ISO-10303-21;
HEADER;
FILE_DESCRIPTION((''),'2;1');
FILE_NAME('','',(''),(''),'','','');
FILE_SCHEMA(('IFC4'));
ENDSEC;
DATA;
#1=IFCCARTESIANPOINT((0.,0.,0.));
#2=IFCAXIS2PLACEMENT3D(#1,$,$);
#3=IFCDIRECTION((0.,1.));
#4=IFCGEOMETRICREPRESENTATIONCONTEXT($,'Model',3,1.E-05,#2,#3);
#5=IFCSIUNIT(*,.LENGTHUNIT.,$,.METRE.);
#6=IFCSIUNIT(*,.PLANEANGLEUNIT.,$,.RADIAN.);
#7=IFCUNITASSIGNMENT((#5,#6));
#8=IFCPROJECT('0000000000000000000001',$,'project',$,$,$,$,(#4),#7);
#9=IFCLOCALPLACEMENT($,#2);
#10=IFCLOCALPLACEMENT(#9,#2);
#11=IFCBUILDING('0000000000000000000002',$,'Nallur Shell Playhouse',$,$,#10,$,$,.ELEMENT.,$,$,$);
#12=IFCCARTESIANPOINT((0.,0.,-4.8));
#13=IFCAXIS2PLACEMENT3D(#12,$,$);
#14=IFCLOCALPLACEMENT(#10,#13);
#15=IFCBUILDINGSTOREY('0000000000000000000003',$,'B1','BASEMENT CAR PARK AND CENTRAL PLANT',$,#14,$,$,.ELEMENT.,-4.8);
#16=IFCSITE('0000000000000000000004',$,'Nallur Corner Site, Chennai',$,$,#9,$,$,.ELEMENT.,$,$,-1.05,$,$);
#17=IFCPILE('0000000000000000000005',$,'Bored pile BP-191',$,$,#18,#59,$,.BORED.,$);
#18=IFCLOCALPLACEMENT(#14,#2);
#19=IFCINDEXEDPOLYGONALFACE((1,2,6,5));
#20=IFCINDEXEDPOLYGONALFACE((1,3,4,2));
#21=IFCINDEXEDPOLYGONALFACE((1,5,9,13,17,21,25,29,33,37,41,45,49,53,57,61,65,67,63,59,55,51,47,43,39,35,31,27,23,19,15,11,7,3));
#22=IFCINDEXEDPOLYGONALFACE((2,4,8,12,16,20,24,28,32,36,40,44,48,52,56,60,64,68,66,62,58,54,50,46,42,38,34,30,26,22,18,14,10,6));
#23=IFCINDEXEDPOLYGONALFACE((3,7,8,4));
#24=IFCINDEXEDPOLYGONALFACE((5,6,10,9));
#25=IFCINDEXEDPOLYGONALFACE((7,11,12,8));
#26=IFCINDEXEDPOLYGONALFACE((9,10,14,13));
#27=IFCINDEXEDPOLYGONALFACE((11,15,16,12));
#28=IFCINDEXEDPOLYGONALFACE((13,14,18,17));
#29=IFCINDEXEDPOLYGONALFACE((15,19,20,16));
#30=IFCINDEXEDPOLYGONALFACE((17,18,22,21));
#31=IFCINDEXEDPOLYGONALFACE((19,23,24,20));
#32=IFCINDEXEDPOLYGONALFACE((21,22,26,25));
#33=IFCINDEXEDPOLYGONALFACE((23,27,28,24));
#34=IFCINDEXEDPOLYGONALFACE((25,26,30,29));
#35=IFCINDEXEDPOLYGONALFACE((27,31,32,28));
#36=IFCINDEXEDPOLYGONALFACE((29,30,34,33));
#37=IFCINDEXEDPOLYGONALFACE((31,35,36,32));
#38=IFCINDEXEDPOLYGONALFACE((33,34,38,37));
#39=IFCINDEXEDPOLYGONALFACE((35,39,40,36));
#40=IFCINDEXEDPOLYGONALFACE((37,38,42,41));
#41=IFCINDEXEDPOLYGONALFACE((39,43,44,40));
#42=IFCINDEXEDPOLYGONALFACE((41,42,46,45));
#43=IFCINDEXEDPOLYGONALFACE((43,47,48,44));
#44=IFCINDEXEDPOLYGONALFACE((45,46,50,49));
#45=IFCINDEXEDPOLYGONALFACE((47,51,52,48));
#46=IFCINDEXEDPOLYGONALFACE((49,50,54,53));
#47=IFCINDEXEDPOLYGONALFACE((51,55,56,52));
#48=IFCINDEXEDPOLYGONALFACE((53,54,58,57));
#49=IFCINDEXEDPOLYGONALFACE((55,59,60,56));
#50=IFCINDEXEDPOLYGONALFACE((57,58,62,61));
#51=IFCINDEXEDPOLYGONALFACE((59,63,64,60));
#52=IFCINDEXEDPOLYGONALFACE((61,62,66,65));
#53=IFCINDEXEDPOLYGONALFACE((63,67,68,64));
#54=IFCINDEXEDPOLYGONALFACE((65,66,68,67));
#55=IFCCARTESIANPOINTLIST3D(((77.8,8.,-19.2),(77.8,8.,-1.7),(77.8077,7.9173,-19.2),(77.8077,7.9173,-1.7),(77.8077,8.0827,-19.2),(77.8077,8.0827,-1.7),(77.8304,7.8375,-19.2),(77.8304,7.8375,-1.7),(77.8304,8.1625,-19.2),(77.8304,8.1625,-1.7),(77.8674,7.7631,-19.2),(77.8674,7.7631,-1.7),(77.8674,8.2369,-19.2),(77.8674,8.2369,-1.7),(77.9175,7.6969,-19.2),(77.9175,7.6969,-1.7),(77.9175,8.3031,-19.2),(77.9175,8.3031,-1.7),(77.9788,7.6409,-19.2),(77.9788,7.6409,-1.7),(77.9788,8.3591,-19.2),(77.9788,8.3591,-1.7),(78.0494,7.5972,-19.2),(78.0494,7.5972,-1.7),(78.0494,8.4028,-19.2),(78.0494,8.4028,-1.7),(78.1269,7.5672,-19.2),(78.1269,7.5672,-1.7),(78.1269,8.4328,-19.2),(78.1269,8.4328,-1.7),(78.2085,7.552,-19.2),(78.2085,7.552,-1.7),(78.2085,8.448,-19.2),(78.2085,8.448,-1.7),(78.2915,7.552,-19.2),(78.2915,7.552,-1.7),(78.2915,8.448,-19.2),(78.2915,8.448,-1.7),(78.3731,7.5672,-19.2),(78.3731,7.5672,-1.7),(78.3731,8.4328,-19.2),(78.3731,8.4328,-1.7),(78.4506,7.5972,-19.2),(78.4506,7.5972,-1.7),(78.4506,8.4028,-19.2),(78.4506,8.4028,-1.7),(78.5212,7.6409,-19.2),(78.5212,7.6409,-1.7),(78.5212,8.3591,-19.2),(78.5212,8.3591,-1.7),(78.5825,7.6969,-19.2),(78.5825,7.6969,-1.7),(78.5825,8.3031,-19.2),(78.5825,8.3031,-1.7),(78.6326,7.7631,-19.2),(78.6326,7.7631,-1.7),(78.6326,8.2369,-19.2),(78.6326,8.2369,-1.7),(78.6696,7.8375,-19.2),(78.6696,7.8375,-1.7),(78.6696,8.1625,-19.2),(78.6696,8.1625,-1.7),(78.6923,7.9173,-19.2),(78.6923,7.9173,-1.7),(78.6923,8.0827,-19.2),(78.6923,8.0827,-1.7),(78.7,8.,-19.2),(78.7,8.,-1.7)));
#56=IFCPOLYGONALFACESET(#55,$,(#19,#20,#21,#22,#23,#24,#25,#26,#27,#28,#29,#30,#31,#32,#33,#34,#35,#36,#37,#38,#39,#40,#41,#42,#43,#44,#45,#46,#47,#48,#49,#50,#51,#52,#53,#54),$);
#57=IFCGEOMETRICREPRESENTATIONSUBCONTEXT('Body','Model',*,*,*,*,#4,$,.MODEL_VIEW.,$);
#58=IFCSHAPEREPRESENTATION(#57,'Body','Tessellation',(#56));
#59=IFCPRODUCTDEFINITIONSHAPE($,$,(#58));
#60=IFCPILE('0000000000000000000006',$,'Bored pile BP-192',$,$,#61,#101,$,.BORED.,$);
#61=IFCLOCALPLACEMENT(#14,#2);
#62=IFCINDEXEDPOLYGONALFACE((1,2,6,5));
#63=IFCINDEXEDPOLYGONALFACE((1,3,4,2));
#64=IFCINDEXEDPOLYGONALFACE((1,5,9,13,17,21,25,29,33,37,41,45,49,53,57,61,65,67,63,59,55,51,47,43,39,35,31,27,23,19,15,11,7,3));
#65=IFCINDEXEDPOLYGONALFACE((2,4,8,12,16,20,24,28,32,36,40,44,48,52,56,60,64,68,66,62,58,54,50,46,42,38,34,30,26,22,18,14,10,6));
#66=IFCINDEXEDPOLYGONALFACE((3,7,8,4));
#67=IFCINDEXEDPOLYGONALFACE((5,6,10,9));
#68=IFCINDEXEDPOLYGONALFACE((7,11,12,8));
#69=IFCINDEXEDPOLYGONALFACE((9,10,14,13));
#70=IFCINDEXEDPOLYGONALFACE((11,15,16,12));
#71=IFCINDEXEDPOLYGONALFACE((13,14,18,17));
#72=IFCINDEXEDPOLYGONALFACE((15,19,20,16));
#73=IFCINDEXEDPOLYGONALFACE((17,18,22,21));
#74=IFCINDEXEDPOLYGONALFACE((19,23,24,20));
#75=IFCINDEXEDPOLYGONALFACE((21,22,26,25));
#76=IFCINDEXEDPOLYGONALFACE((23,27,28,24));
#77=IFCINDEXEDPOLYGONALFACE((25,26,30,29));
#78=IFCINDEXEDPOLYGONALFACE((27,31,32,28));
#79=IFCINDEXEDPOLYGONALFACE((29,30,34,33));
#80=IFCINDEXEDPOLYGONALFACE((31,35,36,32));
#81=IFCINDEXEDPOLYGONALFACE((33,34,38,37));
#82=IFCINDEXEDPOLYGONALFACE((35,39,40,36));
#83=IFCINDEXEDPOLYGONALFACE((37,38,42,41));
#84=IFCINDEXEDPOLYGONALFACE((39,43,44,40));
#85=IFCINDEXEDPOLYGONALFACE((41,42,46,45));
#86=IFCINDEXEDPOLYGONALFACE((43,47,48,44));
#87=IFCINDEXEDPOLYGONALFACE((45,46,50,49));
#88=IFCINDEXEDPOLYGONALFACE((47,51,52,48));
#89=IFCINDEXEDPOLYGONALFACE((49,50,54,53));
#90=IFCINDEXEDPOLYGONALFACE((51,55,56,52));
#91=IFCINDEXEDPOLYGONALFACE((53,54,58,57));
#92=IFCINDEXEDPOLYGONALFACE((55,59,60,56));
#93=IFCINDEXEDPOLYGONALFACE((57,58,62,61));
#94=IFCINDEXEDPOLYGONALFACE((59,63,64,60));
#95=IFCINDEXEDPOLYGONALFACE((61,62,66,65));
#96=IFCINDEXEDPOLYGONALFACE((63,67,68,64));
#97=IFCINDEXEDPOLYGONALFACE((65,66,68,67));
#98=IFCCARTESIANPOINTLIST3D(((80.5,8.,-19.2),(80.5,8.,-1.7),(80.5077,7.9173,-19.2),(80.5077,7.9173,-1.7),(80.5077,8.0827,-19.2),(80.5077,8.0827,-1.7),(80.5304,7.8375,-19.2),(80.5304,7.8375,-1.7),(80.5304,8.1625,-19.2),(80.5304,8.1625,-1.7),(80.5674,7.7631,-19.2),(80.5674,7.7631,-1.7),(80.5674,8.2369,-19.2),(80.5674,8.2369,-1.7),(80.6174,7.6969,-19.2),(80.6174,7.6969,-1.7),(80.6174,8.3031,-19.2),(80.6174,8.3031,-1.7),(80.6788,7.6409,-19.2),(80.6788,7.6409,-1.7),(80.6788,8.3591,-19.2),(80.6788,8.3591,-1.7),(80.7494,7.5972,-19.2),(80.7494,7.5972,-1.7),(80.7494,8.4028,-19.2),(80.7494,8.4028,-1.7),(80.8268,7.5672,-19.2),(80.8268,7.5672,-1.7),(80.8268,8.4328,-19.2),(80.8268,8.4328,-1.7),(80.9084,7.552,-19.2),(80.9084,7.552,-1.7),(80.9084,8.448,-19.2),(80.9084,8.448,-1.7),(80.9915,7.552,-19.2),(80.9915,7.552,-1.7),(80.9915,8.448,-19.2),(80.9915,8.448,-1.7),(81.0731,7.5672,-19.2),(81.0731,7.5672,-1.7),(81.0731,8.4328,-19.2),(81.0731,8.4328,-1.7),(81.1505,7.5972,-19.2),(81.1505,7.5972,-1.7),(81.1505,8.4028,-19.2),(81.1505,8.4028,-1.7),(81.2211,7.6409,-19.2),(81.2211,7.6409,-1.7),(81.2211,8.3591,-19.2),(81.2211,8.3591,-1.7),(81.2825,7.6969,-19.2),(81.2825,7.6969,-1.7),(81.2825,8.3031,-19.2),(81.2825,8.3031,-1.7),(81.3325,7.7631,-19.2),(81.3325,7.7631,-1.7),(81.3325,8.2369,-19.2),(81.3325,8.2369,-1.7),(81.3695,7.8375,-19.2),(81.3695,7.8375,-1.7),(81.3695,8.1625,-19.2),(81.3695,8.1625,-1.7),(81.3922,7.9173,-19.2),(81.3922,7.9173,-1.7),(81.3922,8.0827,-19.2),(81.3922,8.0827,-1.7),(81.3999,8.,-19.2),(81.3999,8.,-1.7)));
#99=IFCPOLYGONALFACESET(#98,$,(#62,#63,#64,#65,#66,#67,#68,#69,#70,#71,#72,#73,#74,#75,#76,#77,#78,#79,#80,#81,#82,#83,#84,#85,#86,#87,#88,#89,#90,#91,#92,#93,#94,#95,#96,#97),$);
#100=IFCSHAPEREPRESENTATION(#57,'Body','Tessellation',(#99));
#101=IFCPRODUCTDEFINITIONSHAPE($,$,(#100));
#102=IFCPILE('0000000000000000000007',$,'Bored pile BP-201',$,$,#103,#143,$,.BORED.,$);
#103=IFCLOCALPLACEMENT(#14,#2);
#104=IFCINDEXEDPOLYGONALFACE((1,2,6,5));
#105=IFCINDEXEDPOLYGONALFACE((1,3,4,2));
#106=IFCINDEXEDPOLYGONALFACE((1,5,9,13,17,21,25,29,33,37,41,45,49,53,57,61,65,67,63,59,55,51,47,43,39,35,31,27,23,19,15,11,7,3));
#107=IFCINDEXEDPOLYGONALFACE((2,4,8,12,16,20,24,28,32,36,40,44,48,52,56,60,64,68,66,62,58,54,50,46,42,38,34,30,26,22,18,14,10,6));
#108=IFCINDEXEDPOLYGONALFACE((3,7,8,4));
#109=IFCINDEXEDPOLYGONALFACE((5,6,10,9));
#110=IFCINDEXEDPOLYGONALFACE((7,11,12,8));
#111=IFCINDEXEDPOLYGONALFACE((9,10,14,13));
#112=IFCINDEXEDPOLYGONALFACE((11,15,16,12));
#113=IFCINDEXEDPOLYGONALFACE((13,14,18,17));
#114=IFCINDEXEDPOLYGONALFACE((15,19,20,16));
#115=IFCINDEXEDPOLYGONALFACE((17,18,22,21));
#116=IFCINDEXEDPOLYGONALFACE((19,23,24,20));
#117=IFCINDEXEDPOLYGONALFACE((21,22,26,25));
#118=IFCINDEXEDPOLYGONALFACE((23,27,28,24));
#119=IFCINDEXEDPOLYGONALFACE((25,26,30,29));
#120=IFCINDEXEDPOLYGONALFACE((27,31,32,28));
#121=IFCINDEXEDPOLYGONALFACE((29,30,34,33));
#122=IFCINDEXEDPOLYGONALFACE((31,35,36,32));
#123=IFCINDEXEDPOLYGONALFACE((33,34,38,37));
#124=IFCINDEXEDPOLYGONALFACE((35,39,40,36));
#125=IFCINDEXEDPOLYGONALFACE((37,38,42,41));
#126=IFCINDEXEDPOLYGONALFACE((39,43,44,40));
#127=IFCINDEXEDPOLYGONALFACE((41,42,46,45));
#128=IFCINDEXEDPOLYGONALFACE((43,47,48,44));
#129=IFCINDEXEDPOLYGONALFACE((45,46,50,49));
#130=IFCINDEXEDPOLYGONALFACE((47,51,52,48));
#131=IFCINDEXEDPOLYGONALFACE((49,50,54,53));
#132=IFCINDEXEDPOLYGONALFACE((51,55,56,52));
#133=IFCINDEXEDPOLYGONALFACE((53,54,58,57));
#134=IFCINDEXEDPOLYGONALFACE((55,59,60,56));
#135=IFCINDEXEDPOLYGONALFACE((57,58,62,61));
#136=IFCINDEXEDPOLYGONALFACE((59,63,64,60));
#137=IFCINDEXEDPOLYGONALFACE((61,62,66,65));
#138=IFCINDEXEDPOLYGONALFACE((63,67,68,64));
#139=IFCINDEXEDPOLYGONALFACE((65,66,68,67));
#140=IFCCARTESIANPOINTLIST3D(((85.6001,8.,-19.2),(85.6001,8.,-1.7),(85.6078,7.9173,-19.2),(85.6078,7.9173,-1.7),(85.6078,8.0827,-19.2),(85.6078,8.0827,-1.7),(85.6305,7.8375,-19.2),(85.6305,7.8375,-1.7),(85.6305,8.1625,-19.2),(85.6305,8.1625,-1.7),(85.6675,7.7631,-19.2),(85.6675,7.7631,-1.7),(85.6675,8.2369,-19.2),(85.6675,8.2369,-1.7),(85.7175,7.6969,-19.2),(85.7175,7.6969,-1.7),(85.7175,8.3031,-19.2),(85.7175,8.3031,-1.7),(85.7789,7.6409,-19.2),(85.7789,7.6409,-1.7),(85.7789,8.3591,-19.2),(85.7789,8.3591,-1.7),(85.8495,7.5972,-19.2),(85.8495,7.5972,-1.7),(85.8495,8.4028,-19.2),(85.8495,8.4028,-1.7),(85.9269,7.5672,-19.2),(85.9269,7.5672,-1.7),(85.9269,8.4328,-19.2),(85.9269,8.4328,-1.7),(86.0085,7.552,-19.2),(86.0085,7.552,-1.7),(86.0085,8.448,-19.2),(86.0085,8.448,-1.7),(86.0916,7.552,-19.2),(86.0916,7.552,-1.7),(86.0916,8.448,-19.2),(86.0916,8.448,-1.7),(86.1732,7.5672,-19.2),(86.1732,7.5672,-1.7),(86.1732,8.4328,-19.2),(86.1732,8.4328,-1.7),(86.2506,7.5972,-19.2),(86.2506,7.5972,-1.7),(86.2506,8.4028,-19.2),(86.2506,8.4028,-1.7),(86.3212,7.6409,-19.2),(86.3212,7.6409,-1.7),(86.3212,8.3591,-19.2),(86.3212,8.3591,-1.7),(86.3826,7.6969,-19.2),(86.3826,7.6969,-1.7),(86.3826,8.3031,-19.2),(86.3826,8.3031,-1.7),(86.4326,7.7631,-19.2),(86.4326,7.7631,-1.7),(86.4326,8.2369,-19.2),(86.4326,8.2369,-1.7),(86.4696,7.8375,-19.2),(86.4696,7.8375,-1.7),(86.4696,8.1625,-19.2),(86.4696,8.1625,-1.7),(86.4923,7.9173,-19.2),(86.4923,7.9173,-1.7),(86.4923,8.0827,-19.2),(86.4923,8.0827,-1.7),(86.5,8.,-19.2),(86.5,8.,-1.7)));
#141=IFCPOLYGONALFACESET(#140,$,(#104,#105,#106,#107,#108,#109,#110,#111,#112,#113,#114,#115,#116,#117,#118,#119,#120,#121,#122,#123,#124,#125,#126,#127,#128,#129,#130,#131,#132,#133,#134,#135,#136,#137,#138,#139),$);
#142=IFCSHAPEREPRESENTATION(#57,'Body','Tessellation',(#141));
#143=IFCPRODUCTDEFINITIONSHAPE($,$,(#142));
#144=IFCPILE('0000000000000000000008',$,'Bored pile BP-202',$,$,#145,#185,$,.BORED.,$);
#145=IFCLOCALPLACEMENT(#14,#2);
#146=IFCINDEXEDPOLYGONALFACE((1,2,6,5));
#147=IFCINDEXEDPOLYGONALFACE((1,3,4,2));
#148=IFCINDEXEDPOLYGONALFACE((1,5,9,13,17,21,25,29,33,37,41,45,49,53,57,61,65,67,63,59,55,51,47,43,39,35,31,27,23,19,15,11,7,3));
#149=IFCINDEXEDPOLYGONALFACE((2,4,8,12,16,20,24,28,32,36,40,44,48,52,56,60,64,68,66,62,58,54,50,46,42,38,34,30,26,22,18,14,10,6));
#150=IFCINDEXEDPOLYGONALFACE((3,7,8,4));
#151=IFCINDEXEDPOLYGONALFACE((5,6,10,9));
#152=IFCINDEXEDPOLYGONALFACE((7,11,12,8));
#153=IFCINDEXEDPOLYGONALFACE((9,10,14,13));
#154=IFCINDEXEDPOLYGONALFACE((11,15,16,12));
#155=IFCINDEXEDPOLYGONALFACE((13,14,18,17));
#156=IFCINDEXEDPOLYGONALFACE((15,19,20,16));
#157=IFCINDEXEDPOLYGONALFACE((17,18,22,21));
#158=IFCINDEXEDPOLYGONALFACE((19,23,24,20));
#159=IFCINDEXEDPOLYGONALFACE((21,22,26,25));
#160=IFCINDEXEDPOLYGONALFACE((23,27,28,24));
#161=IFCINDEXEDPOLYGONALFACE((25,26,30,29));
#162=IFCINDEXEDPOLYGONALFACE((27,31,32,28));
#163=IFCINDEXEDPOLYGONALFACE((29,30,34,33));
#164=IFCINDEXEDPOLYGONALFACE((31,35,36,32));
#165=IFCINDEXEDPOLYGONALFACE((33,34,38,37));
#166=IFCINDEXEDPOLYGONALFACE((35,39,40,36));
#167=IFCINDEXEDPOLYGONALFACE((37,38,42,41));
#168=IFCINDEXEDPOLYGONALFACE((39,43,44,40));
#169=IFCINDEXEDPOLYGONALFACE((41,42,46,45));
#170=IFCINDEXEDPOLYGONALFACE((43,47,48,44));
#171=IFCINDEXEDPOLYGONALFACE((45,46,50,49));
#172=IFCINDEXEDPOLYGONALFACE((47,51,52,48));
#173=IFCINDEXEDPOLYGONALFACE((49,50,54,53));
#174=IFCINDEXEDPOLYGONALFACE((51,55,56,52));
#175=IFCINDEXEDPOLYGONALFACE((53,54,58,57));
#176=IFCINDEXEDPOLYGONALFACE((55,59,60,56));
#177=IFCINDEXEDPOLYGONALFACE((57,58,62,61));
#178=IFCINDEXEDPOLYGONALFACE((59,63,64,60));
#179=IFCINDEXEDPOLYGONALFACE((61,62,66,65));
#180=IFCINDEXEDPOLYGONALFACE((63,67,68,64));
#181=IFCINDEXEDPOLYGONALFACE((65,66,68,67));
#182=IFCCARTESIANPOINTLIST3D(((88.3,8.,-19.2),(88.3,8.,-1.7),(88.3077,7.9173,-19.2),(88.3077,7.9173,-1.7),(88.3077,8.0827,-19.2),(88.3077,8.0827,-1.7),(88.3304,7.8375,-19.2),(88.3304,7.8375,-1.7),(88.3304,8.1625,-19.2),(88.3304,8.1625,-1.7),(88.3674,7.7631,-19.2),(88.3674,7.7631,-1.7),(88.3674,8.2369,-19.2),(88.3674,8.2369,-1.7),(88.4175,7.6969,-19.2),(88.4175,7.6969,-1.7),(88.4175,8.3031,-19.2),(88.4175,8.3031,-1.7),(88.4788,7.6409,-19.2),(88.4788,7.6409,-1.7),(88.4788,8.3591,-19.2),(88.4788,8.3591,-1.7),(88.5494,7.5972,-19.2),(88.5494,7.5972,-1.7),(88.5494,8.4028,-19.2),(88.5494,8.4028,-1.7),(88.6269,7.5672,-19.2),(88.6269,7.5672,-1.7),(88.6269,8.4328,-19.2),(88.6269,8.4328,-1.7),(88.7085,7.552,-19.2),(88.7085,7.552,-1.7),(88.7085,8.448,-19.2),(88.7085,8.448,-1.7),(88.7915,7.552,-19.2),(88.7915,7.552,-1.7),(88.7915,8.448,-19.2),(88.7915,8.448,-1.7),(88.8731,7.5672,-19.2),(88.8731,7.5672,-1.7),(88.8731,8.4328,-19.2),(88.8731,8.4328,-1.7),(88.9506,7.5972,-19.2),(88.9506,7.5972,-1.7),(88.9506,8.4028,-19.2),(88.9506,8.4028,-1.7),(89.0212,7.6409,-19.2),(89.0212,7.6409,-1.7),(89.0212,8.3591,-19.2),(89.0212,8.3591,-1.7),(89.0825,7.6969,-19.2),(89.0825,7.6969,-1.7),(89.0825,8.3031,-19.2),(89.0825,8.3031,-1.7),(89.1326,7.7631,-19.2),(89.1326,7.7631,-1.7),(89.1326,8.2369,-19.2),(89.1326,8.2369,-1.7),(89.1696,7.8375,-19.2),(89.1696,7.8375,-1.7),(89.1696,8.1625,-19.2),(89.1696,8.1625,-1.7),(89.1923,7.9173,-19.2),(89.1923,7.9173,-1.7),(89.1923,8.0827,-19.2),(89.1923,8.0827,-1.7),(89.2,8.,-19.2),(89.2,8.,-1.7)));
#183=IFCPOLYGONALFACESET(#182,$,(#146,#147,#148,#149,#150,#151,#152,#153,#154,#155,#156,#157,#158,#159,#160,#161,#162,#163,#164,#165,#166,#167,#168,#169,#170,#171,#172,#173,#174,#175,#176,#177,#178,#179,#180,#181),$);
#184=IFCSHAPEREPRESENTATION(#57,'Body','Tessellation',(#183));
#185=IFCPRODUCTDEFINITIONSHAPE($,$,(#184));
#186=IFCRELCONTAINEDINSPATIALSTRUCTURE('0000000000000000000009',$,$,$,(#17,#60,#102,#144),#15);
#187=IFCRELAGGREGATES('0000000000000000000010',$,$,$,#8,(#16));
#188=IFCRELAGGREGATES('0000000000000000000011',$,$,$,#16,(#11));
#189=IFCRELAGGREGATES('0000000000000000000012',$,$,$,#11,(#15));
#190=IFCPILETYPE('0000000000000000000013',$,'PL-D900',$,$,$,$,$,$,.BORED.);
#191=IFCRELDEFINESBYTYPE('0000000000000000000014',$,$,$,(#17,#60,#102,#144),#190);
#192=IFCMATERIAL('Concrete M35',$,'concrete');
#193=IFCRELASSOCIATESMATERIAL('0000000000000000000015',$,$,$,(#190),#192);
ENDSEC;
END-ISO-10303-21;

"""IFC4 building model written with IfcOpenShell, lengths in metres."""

from ifc_helpers import new_model, si_unit, direction, frame, origin, origin_2d, place, context, subcontext, project, spatial, circle, extrude, material, material_profile, profile_set, type_object, element, save


model = new_model("IFC4")

# Units and contexts
model_context = context("Model", 3, precision=1e-05, world=origin(), true_north=direction((0.0, 1.0)))
body_context = subcontext(model_context, "Body", "Model", "MODEL_VIEW")
ifc_project = project(units=[si_unit("LENGTHUNIT", "METRE"), si_unit("PLANEANGLEUNIT", "RADIAN")], contexts=[model_context])

# Site, building, storey
site_placement = place(None, origin())
site = spatial("IfcSite", under=ifc_project, at=site_placement, Name="Nallur Corner Site, Chennai", CompositionType="ELEMENT", RefElevation=-1.05)
building_placement = place(site_placement, origin())
building = spatial("IfcBuilding", under=site, at=building_placement, Name="Nallur Shell Playhouse", CompositionType="ELEMENT")
storey_placement = place(building_placement, frame((0.0, 0.0, -4.8)))
storey = spatial("IfcBuildingStorey", under=building, at=storey_placement, Name="B1", Description="BASEMENT CAR PARK AND CENTRAL PLANT", CompositionType="ELEMENT", Elevation=-4.8)

# Shared definitions
ifc_material_1 = material(Name="Concrete M35", Category="concrete")

# Piles
ifc_material_profile_1 = material_profile(ifc_material_1, circle(Radius=0.45, at=origin_2d()), Name="BORED PILE D900")
ifc_profile_set_1 = profile_set([ifc_material_profile_1], Name="Concrete M35")
pile_type_1 = type_object("IfcPileType", Name="PL-D900", PredefinedType="BORED", material=ifc_profile_set_1)
for number, where, z_axis, x_axis, name in (
    (1, (78.25, 8.0, -1.7), (0.0, 0.0, -1.0), (1.0, 0.0, 0.0), "Bored pile BP-191"),
    (2, (80.95, 8.0, -1.7), (0.0, 0.0, -1.0), (1.0, 0.0, 0.0), "Bored pile BP-192"),
    (3, (86.05, 8.0, -1.7), (0.0, 0.0, -1.0), (1.0, 0.0, 0.0), "Bored pile BP-201"),
    (4, (88.75, 8.0, -1.7), (0.0, 0.0, -1.0), (1.0, 0.0, 0.0), "Bored pile BP-202"),
):
    element("IfcPile", number, at=place(storey_placement, frame(where, z_axis=z_axis, x_axis=x_axis)), inside=storey, type_object=pile_type_1, Name=name, PredefinedType="BORED", context=body_context, shape_type="SweptSolid", body=[
        extrude(circle(Radius=0.45, at=origin_2d()), origin(), (0.0, 0.0, 1.0), 17.5),
    ])

save(model, "model.ifc")
